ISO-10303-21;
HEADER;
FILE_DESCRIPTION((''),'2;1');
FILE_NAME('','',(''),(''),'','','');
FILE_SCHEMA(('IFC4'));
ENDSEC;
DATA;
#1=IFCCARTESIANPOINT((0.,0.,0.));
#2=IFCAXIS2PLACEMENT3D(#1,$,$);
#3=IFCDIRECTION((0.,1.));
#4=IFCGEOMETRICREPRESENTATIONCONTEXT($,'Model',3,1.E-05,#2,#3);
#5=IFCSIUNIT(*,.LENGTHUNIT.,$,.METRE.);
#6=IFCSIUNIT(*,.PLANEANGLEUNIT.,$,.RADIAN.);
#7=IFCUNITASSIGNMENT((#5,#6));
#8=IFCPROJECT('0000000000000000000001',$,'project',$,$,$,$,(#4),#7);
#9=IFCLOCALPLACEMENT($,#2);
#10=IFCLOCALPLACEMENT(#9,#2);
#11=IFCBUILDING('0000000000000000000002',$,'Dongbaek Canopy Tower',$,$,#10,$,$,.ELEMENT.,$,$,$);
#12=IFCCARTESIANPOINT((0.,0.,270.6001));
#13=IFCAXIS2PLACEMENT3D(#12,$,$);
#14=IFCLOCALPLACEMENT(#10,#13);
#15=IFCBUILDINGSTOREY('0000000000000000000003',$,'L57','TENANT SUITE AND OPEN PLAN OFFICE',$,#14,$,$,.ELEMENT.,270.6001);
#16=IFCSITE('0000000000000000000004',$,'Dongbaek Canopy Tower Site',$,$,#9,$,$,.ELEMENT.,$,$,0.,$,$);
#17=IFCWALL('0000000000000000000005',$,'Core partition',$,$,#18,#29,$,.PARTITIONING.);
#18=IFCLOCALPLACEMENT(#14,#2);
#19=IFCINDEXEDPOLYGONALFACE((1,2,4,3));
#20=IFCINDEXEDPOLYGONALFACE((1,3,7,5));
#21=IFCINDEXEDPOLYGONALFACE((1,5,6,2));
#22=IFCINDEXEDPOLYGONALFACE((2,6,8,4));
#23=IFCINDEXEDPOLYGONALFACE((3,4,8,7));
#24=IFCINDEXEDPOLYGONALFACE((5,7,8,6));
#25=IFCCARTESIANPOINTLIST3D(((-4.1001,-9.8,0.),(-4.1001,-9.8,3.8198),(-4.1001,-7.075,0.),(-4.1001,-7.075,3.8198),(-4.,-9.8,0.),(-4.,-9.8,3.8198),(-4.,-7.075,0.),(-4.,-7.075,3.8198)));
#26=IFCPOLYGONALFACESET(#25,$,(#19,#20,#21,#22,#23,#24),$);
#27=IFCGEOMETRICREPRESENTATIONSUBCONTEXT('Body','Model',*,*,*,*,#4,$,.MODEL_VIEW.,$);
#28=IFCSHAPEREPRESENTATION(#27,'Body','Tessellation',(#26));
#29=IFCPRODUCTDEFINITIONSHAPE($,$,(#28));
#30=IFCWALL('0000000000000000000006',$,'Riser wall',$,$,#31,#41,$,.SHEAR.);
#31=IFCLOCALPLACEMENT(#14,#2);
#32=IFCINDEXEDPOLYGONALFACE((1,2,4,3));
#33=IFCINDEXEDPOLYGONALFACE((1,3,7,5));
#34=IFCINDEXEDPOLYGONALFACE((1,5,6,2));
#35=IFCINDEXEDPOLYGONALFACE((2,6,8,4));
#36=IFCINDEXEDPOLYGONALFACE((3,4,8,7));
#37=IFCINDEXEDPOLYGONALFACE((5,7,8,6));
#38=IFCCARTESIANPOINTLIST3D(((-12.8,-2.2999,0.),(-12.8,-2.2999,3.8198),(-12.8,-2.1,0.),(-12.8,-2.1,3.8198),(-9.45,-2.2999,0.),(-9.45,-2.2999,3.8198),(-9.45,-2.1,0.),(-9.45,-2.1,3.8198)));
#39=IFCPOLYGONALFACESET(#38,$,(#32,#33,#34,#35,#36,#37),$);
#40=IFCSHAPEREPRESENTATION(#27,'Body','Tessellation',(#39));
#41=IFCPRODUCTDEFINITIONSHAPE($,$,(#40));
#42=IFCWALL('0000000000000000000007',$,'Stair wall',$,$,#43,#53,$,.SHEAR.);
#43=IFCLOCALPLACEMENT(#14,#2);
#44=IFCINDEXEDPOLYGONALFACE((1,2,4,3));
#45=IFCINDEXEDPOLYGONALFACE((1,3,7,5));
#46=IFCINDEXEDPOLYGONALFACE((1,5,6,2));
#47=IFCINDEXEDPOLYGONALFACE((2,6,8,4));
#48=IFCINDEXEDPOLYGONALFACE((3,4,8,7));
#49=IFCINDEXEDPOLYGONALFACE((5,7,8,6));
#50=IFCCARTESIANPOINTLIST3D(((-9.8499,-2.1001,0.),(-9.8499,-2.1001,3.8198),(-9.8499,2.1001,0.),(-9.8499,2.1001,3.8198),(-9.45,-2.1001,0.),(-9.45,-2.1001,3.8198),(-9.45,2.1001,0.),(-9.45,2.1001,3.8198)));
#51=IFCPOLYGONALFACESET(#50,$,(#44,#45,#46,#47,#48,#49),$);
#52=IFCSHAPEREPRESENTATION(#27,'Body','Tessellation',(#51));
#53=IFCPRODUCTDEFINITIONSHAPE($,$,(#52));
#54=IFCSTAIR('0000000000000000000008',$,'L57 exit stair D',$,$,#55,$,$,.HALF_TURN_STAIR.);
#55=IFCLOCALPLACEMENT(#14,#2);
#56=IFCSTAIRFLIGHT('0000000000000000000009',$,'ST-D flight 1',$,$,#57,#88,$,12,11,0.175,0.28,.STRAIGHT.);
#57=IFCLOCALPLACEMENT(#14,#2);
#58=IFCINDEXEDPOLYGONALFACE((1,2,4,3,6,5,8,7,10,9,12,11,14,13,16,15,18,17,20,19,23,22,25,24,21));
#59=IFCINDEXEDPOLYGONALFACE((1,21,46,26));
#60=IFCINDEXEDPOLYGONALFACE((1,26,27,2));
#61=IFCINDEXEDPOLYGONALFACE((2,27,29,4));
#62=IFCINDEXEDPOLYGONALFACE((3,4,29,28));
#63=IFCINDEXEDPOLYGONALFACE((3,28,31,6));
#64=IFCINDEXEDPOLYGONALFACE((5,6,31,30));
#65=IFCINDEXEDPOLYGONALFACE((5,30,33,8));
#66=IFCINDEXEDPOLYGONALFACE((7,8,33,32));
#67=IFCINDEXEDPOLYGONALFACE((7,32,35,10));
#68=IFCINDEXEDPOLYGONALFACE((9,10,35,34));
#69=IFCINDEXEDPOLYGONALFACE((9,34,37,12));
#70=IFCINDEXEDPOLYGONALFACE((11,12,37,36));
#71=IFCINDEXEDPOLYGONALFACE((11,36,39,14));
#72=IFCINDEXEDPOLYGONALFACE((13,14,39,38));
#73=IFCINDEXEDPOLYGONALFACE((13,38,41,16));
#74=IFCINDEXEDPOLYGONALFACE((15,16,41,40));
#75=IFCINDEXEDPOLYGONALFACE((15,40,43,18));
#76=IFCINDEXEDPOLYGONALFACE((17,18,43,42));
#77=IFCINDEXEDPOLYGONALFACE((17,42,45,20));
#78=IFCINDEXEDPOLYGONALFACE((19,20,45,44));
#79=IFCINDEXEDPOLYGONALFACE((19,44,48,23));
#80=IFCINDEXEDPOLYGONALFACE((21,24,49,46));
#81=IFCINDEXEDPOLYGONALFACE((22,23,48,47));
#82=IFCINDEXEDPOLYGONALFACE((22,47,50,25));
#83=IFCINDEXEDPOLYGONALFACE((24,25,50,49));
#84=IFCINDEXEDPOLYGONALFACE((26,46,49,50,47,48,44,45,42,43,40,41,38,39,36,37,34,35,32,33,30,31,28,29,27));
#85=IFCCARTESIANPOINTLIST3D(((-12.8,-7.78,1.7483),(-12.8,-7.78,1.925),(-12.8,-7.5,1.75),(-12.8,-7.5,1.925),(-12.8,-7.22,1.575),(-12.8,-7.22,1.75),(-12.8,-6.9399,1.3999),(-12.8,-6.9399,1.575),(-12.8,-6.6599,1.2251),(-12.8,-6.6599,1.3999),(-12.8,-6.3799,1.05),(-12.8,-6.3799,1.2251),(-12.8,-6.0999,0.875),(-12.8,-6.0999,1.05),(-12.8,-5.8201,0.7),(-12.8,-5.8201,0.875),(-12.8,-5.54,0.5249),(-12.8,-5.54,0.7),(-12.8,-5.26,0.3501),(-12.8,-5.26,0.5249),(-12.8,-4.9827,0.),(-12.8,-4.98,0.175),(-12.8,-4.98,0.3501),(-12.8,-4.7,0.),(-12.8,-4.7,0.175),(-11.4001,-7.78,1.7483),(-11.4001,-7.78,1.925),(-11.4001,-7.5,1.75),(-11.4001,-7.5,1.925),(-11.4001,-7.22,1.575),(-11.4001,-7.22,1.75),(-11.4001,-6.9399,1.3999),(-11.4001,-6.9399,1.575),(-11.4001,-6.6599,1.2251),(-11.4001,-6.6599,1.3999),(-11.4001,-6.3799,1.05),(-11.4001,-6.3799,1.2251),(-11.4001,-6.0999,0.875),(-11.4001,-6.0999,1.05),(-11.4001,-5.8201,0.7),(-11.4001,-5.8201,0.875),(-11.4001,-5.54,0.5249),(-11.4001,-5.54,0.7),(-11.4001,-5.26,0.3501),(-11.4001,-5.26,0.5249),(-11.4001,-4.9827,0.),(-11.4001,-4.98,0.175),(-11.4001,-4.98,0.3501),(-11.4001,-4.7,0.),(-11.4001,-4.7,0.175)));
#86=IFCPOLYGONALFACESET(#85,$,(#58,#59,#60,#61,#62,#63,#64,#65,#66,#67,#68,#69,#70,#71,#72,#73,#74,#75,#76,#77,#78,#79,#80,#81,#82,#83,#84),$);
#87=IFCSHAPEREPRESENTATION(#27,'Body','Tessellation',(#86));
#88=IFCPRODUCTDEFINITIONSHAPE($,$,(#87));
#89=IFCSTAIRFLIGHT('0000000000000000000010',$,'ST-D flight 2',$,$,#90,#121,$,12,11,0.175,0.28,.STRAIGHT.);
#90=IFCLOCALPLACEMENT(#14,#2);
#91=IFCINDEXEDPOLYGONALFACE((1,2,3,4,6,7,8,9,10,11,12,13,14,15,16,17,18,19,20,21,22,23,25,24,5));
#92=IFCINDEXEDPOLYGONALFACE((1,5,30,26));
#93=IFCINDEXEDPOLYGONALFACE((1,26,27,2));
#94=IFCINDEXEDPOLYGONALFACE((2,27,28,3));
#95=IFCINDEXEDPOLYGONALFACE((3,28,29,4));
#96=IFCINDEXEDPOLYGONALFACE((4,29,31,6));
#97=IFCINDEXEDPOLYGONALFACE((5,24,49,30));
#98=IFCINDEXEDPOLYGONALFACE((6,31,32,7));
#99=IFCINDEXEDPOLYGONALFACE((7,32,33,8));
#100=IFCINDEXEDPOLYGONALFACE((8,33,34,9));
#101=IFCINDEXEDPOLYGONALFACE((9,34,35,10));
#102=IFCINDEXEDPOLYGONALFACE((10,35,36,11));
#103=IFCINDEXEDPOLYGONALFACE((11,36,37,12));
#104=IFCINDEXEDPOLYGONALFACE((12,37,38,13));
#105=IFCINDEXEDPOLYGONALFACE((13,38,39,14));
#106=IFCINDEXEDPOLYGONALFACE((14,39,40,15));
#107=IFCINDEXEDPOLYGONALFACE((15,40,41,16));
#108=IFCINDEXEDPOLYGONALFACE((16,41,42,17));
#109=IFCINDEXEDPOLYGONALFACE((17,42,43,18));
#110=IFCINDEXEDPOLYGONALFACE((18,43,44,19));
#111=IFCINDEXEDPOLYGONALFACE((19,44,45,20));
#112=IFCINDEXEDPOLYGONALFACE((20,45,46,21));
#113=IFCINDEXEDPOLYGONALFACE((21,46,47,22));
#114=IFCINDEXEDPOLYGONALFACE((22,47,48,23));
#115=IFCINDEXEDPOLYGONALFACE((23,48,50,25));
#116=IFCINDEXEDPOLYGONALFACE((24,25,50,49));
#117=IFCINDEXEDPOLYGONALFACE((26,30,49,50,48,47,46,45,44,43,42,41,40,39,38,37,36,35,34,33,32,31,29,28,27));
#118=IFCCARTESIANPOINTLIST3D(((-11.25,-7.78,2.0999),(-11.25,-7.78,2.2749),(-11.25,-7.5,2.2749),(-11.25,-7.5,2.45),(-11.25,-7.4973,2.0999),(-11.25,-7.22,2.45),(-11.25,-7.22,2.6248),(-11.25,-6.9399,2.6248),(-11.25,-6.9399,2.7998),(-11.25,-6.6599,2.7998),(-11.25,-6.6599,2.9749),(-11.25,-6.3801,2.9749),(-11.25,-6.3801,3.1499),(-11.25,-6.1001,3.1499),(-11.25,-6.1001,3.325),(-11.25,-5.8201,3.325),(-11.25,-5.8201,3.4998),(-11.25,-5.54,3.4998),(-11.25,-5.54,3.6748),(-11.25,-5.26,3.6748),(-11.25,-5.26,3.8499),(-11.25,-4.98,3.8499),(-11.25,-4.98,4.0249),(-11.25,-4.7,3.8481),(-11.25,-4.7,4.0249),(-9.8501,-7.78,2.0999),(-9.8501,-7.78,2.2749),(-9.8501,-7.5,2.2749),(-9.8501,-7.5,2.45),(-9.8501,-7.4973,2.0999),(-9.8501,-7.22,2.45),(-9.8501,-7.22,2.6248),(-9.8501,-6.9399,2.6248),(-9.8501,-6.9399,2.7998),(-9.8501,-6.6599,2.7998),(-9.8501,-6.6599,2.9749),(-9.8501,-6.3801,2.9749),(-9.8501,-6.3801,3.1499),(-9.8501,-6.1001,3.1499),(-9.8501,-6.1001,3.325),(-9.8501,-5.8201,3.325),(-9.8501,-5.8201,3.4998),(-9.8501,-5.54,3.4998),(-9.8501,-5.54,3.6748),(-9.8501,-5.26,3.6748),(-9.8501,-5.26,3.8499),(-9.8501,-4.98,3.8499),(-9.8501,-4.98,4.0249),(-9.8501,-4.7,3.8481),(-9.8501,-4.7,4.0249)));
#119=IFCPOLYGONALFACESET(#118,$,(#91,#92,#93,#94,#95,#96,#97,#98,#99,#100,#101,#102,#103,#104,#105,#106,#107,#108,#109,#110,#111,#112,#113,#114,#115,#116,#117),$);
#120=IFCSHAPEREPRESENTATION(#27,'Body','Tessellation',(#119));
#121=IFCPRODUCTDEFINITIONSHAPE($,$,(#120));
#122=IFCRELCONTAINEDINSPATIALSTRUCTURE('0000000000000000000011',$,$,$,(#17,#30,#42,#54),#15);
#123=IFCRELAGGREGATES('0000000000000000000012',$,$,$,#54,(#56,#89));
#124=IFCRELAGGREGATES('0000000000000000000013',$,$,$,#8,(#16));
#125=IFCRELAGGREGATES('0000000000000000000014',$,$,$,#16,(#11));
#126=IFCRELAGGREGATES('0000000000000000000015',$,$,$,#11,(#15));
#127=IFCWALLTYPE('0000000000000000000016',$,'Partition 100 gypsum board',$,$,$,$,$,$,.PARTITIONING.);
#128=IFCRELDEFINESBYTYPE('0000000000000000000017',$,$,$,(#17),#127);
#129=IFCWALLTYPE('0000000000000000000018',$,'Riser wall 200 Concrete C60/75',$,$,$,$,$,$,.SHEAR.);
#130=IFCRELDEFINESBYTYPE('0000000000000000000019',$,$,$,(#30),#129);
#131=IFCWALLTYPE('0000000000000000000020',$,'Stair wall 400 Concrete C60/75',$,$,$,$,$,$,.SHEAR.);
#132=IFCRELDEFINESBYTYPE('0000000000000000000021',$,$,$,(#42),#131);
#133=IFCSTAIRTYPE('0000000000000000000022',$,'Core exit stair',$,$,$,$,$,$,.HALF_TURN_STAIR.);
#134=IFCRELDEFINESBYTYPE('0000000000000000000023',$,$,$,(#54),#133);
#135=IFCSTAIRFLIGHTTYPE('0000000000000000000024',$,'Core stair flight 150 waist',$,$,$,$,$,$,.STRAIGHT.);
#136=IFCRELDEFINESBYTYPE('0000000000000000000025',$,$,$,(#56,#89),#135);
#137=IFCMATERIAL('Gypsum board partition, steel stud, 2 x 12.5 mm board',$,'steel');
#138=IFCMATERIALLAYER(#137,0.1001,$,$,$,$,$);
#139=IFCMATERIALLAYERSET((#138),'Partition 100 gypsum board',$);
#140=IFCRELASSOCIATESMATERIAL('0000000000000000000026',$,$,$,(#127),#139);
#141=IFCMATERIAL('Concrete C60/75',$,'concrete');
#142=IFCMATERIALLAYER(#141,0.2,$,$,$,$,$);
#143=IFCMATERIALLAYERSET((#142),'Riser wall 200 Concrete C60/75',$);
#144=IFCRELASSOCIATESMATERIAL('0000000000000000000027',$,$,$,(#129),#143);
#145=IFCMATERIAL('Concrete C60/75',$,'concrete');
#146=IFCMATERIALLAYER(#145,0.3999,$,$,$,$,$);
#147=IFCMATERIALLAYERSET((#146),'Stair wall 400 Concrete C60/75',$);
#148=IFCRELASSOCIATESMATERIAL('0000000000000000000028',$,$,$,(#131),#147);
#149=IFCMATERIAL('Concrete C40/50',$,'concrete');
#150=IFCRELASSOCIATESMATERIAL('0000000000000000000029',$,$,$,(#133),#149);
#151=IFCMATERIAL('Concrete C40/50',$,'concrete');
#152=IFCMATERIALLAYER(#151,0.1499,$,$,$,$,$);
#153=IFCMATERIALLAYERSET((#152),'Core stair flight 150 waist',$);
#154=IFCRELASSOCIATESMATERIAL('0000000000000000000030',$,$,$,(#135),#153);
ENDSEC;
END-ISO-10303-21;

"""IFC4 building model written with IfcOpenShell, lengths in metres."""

from ifc_helpers import new_model, si_unit, direction, frame, frame_2d, origin, place, context, subcontext, project, spatial, polyline, rectangle, outline, extrude, material, layer, layer_set, type_object, element, aggregate, save


model = new_model("IFC4")

# Units and contexts
model_context = context("Model", 3, precision=1e-05, world=origin(), true_north=direction((0.0, 1.0)))
body_context = subcontext(model_context, "Body", "Model", "MODEL_VIEW")
ifc_project = project(units=[si_unit("LENGTHUNIT", "METRE"), si_unit("PLANEANGLEUNIT", "RADIAN")], contexts=[model_context])

# Site, building, storey
site_placement = place(None, origin())
site = spatial("IfcSite", under=ifc_project, at=site_placement, Name="Dongbaek Canopy Tower Site", CompositionType="ELEMENT", RefElevation=0.0)
building_placement = place(site_placement, origin())
building = spatial("IfcBuilding", under=site, at=building_placement, Name="Dongbaek Canopy Tower", CompositionType="ELEMENT")
storey_placement = place(building_placement, frame((0.0, 0.0, 270.6001)))
storey = spatial("IfcBuildingStorey", under=building, at=storey_placement, Name="L57", Description="TENANT SUITE AND OPEN PLAN OFFICE", CompositionType="ELEMENT", Elevation=270.6001)

# Walls
ifc_material_1 = material(Name="Gypsum board partition, steel stud, 2 x 12.5 mm board", Category="steel")
ifc_layer_1 = layer(ifc_material_1, 0.1001)
ifc_layer_set_1 = layer_set([ifc_layer_1], Name="Partition 100 gypsum board")
wall_type_1 = type_object("IfcWallType", Name="Partition 100 gypsum board", PredefinedType="PARTITIONING", material=ifc_layer_set_1)
wall_1_placement = place(storey_placement, frame((-4.05, -9.8, 0.0), z_axis=(0.0, 0.0, 1.0), x_axis=(0.0, 1.0, 0.0)))
element("IfcWall", 1, at=wall_1_placement, inside=storey, type_object=wall_type_1, Name="Core partition", PredefinedType="PARTITIONING", context=body_context, shape_type="SweptSolid", body=[
    extrude(rectangle(XDim=2.7251, YDim=0.1001, at=frame_2d((1.3625, 0.0))), origin(), (0.0, 0.0, 1.0), 3.8198),
])
ifc_material_2 = material(Name="Concrete C60/75", Category="concrete")
ifc_layer_2 = layer(ifc_material_2, 0.2)
ifc_layer_set_2 = layer_set([ifc_layer_2], Name="Riser wall 200 Concrete C60/75")
wall_type_2 = type_object("IfcWallType", Name="Riser wall 200 Concrete C60/75", PredefinedType="SHEAR", material=ifc_layer_set_2)
wall_2_placement = place(storey_placement, frame((-9.45, -2.2, 0.0), z_axis=(0.0, 0.0, 1.0), x_axis=(-1.0, 0.0, 0.0)))
element("IfcWall", 2, at=wall_2_placement, inside=storey, type_object=wall_type_2, Name="Riser wall", PredefinedType="SHEAR", context=body_context, shape_type="SweptSolid", body=[
    extrude(rectangle(XDim=3.3501, YDim=0.2, at=frame_2d((1.675, 0.0))), origin(), (0.0, 0.0, 1.0), 3.8198),
])
ifc_material_3 = material(Name="Concrete C60/75", Category="concrete")
ifc_layer_3 = layer(ifc_material_3, 0.3999)
ifc_layer_set_3 = layer_set([ifc_layer_3], Name="Stair wall 400 Concrete C60/75")
wall_type_3 = type_object("IfcWallType", Name="Stair wall 400 Concrete C60/75", PredefinedType="SHEAR", material=ifc_layer_set_3)
wall_3_placement = place(storey_placement, frame((-9.6499, -2.1001, 0.0), z_axis=(0.0, 0.0, 1.0), x_axis=(0.0, 1.0, 0.0)))
element("IfcWall", 3, at=wall_3_placement, inside=storey, type_object=wall_type_3, Name="Stair wall", PredefinedType="SHEAR", context=body_context, shape_type="SweptSolid", body=[
    extrude(rectangle(XDim=4.2002, YDim=0.3999, at=frame_2d((2.1001, 0.0))), origin(), (0.0, 0.0, 1.0), 3.8198),
])

# Stair, stair flights
ifc_material_4 = material(Name="Concrete C40/50", Category="concrete")
stair_type = type_object("IfcStairType", Name="Core exit stair", PredefinedType="HALF_TURN_STAIR", material=ifc_material_4)
stair_placement = place(storey_placement, origin())
stair = element("IfcStair", 4, at=stair_placement, inside=storey, type_object=stair_type, Name="L57 exit stair D", PredefinedType="HALF_TURN_STAIR")
ifc_material_5 = material(Name="Concrete C40/50", Category="concrete")
ifc_layer_4 = layer(ifc_material_5, 0.1499)
ifc_layer_set_4 = layer_set([ifc_layer_4], Name="Core stair flight 150 waist")
stair_flight_type = type_object("IfcStairFlightType", Name="Core stair flight 150 waist", PredefinedType="STRAIGHT", material=ifc_layer_set_4)
stair_flight_1_placement = place(storey_placement, frame((-12.1001, -4.7, 0.0), z_axis=(0.0, 0.0, 1.0), x_axis=(0.0, -1.0, 0.0)))
stair_flight_1 = element("IfcStairFlight", 5, at=stair_flight_1_placement, type_object=stair_flight_type, Name="ST-D flight 1", NumberOfRisers=12, NumberOfTreads=11, PredefinedType="STRAIGHT", RiserHeight=0.175, TreadLength=0.28, context=body_context, shape_type="SweptSolid", body=[
    extrude(outline(polyline([(0.0, 0.0), (0.0, 0.175), (0.28, 0.175), (0.28, 0.3501), (0.5601, 0.3501), (0.5601, 0.5249), (0.8401, 0.5249), (0.8401, 0.7), (1.1201, 0.7), (1.1201, 0.875), (1.3999, 0.875), (1.3999, 1.05), (1.6799, 1.05), (1.6799, 1.2251), (1.96, 1.2251), (1.96, 1.3999), (2.24, 1.3999), (2.24, 1.575), (2.52, 1.575), (2.52, 1.75), (2.8, 1.75), (2.8, 1.925), (3.0801, 1.925), (3.0801, 2.1001), (3.0801, 1.7483), (0.2827, 0.0), (0.0, 0.0)])), frame((0.0, 0.7, 0.0), z_axis=(0.0, -1.0, 0.0), x_axis=(1.0, 0.0, 0.0)), (0.0, 0.0, 1.0), 1.3999),
])
stair_flight_2_placement = place(storey_placement, frame((-10.55, -7.78, 2.0999), z_axis=(0.0, 0.0, 1.0), x_axis=(0.0, 1.0, 0.0)))
stair_flight_2 = element("IfcStairFlight", 6, at=stair_flight_2_placement, type_object=stair_flight_type, Name="ST-D flight 2", NumberOfRisers=12, NumberOfTreads=11, PredefinedType="STRAIGHT", RiserHeight=0.175, TreadLength=0.28, context=body_context, shape_type="SweptSolid", body=[
    extrude(outline(polyline([(0.0, 0.0), (0.0, 0.175), (0.28, 0.175), (0.28, 0.3501), (0.5601, 0.3501), (0.5601, 0.5249), (0.8401, 0.5249), (0.8401, 0.7), (1.1201, 0.7), (1.1201, 0.875), (1.3999, 0.875), (1.3999, 1.05), (1.6799, 1.05), (1.6799, 1.2251), (1.96, 1.2251), (1.96, 1.3999), (2.24, 1.3999), (2.24, 1.575), (2.52, 1.575), (2.52, 1.75), (2.8, 1.75), (2.8, 1.925), (3.0801, 1.925), (3.0801, 2.1001), (3.0801, 1.7483), (0.2827, 0.0), (0.0, 0.0)])), frame((0.0, 0.7, 0.0), z_axis=(0.0, -1.0, 0.0), x_axis=(1.0, 0.0, 0.0)), (0.0, 0.0, 1.0), 1.3999),
])
aggregate(stair, [stair_flight_1, stair_flight_2])

save(model, "model.ifc")
